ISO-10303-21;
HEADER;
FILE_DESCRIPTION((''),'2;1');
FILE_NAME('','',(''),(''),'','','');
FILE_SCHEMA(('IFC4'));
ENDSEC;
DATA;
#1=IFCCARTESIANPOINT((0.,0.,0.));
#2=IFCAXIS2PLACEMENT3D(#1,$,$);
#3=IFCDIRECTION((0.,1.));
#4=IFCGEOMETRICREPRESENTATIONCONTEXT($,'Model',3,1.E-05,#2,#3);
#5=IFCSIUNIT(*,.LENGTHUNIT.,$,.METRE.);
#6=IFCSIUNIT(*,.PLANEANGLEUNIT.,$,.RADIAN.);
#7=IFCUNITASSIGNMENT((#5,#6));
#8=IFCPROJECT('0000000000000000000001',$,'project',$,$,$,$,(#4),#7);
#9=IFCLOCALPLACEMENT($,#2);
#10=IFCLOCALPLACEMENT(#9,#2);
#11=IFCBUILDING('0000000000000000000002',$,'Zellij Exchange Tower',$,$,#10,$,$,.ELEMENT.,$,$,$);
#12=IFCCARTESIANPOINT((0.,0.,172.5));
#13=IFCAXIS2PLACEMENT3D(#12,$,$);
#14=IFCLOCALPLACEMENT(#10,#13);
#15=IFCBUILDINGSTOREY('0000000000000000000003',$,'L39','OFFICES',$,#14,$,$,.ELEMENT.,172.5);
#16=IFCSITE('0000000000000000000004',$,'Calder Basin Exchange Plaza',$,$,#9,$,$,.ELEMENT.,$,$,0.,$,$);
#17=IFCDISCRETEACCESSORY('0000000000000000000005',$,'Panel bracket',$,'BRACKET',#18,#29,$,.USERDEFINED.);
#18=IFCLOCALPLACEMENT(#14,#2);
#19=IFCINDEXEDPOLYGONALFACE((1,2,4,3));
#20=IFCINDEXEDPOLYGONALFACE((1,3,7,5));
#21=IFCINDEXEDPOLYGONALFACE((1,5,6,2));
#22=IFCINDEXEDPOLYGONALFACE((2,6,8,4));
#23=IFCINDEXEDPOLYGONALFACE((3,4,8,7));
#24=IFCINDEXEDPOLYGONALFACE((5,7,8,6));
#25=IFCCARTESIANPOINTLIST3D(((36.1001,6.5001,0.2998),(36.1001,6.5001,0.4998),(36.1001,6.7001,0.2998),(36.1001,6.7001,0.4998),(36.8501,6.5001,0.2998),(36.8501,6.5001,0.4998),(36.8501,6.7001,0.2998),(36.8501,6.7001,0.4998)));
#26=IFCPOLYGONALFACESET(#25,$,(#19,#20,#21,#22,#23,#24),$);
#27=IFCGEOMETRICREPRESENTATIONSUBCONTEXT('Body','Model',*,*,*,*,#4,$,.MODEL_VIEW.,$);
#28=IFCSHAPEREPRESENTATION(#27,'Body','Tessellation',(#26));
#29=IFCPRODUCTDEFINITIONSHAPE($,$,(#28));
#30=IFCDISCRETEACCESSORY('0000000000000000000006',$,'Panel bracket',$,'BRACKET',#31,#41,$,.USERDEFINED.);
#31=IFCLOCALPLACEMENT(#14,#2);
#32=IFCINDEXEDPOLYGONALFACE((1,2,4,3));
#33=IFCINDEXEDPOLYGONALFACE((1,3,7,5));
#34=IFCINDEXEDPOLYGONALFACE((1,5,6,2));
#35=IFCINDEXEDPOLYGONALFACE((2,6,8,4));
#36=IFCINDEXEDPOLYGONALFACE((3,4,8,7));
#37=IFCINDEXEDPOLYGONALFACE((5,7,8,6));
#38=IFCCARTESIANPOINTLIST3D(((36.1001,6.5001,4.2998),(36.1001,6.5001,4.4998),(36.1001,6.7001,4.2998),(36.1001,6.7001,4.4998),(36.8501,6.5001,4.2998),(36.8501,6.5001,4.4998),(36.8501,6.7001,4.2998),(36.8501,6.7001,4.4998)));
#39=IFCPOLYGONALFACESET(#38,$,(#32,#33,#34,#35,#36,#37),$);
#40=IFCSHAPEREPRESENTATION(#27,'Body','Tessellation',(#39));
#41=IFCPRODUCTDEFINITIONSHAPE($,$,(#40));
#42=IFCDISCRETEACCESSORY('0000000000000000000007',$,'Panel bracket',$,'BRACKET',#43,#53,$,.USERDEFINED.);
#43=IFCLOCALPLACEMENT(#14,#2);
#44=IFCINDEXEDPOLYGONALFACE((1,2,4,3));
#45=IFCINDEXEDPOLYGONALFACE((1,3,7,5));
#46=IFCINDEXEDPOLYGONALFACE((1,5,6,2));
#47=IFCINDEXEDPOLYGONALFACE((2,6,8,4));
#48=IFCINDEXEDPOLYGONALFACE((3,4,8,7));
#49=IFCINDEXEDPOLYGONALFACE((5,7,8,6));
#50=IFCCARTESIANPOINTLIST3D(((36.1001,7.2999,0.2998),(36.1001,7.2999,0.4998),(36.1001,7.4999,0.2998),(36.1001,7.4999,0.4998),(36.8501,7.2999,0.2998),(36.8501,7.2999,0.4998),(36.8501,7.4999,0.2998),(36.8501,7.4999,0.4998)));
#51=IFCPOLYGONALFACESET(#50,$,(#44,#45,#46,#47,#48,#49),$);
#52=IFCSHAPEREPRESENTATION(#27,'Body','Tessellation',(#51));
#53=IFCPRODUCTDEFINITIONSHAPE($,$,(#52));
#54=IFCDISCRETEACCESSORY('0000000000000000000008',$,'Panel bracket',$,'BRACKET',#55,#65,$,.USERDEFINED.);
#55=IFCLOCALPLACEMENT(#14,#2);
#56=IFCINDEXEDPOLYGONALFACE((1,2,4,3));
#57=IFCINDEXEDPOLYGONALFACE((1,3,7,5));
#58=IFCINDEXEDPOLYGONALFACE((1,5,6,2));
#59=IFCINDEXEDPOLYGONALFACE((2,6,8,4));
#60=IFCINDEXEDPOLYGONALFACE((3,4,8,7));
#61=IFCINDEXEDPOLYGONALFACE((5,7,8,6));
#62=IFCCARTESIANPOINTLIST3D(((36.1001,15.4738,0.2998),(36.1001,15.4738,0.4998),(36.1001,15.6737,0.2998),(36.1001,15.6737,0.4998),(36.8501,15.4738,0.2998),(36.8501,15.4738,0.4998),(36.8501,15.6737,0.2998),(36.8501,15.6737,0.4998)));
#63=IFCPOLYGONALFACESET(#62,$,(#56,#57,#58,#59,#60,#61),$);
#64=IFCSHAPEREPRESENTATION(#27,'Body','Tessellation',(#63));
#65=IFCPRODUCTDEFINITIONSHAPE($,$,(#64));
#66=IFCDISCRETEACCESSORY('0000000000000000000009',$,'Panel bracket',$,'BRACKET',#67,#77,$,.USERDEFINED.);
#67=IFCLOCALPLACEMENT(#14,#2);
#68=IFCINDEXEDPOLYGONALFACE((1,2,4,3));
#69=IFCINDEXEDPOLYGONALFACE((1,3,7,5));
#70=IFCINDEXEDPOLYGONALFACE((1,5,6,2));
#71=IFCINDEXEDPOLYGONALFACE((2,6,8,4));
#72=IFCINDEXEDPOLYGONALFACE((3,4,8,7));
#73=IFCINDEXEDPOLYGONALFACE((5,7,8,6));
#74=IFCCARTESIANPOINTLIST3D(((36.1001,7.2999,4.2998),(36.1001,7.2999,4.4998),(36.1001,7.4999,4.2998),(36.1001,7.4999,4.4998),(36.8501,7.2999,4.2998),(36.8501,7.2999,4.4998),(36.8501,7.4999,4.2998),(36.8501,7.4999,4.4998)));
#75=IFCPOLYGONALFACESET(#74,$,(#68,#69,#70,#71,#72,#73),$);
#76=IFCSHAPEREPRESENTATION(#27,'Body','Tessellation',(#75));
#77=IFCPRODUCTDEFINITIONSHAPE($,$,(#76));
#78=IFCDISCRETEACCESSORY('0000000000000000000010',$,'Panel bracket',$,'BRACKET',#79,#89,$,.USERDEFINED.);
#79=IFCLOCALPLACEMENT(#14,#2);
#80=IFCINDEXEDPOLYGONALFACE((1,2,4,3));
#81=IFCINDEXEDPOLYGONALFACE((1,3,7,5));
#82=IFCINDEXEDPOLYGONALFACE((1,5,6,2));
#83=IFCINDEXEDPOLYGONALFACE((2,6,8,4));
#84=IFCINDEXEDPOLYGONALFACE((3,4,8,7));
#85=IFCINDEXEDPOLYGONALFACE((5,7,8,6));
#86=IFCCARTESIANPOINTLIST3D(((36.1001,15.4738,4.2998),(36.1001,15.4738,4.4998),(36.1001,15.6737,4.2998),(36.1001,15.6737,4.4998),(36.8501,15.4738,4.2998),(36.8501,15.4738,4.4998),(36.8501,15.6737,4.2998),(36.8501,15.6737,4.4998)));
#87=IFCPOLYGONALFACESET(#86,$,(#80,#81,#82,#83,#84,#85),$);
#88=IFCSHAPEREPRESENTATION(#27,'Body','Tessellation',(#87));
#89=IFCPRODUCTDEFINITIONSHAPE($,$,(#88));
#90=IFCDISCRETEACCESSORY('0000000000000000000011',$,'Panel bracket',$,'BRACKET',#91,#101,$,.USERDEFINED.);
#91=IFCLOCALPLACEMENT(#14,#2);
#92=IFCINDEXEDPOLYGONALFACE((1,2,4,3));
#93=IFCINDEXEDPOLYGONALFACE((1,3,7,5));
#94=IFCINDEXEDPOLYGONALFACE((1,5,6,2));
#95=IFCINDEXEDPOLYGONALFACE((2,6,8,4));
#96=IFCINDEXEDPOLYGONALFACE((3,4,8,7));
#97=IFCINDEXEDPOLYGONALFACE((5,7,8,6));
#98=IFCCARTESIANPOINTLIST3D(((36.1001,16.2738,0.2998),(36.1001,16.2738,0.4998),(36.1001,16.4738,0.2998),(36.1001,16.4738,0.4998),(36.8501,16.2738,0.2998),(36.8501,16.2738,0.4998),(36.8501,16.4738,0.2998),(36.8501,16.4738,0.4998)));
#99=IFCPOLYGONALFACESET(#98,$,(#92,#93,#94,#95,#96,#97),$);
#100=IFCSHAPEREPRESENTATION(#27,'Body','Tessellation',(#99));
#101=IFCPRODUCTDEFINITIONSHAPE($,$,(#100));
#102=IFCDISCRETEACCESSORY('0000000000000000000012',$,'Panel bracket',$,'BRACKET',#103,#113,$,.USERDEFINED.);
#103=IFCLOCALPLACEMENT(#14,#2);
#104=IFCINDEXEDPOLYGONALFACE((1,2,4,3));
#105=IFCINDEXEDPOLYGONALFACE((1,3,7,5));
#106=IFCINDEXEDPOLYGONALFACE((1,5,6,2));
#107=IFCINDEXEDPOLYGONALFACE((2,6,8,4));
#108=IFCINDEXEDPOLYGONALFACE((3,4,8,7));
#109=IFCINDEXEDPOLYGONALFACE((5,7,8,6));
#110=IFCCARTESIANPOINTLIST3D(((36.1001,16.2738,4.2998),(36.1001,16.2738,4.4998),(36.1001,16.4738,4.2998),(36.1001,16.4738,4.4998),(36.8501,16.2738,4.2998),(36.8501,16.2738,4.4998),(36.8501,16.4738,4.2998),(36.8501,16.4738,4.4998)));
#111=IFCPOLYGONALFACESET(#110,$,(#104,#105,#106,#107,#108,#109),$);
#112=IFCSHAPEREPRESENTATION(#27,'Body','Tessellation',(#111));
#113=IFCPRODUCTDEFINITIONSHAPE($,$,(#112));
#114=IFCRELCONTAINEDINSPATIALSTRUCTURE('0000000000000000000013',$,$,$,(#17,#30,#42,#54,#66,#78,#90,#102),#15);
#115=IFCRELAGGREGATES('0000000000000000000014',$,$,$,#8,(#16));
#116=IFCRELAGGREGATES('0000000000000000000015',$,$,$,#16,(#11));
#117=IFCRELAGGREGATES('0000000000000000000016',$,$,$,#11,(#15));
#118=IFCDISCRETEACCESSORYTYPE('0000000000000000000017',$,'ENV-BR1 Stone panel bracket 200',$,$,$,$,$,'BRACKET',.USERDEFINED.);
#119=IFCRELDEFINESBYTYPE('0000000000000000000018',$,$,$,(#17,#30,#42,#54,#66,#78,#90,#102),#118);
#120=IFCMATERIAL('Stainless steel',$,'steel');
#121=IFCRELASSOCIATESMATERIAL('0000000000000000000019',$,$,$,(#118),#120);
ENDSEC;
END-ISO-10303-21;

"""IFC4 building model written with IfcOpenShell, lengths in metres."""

from ifc_helpers import new_model, si_unit, direction, frame, origin, origin_2d, place, context, subcontext, project, spatial, rectangle, extrude, material, type_object, element, save


model = new_model("IFC4")

# Units and contexts
model_context = context("Model", 3, precision=1e-05, world=origin(), true_north=direction((0.0, 1.0)))
body_context = subcontext(model_context, "Body", "Model", "MODEL_VIEW")
ifc_project = project(units=[si_unit("LENGTHUNIT", "METRE"), si_unit("PLANEANGLEUNIT", "RADIAN")], contexts=[model_context])

# Site, building, storey
site_placement = place(None, origin())
site = spatial("IfcSite", under=ifc_project, at=site_placement, Name="Calder Basin Exchange Plaza", CompositionType="ELEMENT", RefElevation=0.0)
building_placement = place(site_placement, origin())
building = spatial("IfcBuilding", under=site, at=building_placement, Name="Zellij Exchange Tower", CompositionType="ELEMENT")
storey_placement = place(building_placement, frame((0.0, 0.0, 172.5)))
storey = spatial("IfcBuildingStorey", under=building, at=storey_placement, Name="L39", Description="OFFICES", CompositionType="ELEMENT", Elevation=172.5)

# Discrete accessories
ifc_material_1 = material(Name="Stainless steel", Category="steel")
discrete_accessory_type = type_object("IfcDiscreteAccessoryType", Name="ENV-BR1 Stone panel bracket 200", ElementType="BRACKET", PredefinedType="USERDEFINED", material=ifc_material_1)
for number, where, z_axis, x_axis, name in (
    (1, (36.4751, 6.6001, 0.2998), (0.0, 0.0, 1.0), (0.0, 1.0, 0.0), "Panel bracket"),
    (2, (36.4751, 6.6001, 4.2998), (0.0, 0.0, 1.0), (0.0, 1.0, 0.0), "Panel bracket"),
    (3, (36.4751, 7.3999, 0.2998), (0.0, 0.0, 1.0), (0.0, 1.0, 0.0), "Panel bracket"),
    (4, (36.4751, 15.5737, 0.2998), (0.0, 0.0, 1.0), (0.0, 1.0, 0.0), "Panel bracket"),
    (5, (36.4751, 7.3999, 4.2998), (0.0, 0.0, 1.0), (0.0, 1.0, 0.0), "Panel bracket"),
    (6, (36.4751, 15.5737, 4.2998), (0.0, 0.0, 1.0), (0.0, 1.0, 0.0), "Panel bracket"),
    (7, (36.4751, 16.3738, 0.2998), (0.0, 0.0, 1.0), (0.0, 1.0, 0.0), "Panel bracket"),
    (8, (36.4751, 16.3738, 4.2998), (0.0, 0.0, 1.0), (0.0, 1.0, 0.0), "Panel bracket"),
):
    element("IfcDiscreteAccessory", number, at=place(storey_placement, frame(where, z_axis=z_axis, x_axis=x_axis)), inside=storey, type_object=discrete_accessory_type, Name=name, ObjectType="BRACKET", PredefinedType="USERDEFINED", context=body_context, shape_type="SweptSolid", body=[
        extrude(rectangle(XDim=0.2, YDim=0.75, at=origin_2d()), origin(), (0.0, 0.0, 1.0), 0.2),
    ])

save(model, "model.ifc")
